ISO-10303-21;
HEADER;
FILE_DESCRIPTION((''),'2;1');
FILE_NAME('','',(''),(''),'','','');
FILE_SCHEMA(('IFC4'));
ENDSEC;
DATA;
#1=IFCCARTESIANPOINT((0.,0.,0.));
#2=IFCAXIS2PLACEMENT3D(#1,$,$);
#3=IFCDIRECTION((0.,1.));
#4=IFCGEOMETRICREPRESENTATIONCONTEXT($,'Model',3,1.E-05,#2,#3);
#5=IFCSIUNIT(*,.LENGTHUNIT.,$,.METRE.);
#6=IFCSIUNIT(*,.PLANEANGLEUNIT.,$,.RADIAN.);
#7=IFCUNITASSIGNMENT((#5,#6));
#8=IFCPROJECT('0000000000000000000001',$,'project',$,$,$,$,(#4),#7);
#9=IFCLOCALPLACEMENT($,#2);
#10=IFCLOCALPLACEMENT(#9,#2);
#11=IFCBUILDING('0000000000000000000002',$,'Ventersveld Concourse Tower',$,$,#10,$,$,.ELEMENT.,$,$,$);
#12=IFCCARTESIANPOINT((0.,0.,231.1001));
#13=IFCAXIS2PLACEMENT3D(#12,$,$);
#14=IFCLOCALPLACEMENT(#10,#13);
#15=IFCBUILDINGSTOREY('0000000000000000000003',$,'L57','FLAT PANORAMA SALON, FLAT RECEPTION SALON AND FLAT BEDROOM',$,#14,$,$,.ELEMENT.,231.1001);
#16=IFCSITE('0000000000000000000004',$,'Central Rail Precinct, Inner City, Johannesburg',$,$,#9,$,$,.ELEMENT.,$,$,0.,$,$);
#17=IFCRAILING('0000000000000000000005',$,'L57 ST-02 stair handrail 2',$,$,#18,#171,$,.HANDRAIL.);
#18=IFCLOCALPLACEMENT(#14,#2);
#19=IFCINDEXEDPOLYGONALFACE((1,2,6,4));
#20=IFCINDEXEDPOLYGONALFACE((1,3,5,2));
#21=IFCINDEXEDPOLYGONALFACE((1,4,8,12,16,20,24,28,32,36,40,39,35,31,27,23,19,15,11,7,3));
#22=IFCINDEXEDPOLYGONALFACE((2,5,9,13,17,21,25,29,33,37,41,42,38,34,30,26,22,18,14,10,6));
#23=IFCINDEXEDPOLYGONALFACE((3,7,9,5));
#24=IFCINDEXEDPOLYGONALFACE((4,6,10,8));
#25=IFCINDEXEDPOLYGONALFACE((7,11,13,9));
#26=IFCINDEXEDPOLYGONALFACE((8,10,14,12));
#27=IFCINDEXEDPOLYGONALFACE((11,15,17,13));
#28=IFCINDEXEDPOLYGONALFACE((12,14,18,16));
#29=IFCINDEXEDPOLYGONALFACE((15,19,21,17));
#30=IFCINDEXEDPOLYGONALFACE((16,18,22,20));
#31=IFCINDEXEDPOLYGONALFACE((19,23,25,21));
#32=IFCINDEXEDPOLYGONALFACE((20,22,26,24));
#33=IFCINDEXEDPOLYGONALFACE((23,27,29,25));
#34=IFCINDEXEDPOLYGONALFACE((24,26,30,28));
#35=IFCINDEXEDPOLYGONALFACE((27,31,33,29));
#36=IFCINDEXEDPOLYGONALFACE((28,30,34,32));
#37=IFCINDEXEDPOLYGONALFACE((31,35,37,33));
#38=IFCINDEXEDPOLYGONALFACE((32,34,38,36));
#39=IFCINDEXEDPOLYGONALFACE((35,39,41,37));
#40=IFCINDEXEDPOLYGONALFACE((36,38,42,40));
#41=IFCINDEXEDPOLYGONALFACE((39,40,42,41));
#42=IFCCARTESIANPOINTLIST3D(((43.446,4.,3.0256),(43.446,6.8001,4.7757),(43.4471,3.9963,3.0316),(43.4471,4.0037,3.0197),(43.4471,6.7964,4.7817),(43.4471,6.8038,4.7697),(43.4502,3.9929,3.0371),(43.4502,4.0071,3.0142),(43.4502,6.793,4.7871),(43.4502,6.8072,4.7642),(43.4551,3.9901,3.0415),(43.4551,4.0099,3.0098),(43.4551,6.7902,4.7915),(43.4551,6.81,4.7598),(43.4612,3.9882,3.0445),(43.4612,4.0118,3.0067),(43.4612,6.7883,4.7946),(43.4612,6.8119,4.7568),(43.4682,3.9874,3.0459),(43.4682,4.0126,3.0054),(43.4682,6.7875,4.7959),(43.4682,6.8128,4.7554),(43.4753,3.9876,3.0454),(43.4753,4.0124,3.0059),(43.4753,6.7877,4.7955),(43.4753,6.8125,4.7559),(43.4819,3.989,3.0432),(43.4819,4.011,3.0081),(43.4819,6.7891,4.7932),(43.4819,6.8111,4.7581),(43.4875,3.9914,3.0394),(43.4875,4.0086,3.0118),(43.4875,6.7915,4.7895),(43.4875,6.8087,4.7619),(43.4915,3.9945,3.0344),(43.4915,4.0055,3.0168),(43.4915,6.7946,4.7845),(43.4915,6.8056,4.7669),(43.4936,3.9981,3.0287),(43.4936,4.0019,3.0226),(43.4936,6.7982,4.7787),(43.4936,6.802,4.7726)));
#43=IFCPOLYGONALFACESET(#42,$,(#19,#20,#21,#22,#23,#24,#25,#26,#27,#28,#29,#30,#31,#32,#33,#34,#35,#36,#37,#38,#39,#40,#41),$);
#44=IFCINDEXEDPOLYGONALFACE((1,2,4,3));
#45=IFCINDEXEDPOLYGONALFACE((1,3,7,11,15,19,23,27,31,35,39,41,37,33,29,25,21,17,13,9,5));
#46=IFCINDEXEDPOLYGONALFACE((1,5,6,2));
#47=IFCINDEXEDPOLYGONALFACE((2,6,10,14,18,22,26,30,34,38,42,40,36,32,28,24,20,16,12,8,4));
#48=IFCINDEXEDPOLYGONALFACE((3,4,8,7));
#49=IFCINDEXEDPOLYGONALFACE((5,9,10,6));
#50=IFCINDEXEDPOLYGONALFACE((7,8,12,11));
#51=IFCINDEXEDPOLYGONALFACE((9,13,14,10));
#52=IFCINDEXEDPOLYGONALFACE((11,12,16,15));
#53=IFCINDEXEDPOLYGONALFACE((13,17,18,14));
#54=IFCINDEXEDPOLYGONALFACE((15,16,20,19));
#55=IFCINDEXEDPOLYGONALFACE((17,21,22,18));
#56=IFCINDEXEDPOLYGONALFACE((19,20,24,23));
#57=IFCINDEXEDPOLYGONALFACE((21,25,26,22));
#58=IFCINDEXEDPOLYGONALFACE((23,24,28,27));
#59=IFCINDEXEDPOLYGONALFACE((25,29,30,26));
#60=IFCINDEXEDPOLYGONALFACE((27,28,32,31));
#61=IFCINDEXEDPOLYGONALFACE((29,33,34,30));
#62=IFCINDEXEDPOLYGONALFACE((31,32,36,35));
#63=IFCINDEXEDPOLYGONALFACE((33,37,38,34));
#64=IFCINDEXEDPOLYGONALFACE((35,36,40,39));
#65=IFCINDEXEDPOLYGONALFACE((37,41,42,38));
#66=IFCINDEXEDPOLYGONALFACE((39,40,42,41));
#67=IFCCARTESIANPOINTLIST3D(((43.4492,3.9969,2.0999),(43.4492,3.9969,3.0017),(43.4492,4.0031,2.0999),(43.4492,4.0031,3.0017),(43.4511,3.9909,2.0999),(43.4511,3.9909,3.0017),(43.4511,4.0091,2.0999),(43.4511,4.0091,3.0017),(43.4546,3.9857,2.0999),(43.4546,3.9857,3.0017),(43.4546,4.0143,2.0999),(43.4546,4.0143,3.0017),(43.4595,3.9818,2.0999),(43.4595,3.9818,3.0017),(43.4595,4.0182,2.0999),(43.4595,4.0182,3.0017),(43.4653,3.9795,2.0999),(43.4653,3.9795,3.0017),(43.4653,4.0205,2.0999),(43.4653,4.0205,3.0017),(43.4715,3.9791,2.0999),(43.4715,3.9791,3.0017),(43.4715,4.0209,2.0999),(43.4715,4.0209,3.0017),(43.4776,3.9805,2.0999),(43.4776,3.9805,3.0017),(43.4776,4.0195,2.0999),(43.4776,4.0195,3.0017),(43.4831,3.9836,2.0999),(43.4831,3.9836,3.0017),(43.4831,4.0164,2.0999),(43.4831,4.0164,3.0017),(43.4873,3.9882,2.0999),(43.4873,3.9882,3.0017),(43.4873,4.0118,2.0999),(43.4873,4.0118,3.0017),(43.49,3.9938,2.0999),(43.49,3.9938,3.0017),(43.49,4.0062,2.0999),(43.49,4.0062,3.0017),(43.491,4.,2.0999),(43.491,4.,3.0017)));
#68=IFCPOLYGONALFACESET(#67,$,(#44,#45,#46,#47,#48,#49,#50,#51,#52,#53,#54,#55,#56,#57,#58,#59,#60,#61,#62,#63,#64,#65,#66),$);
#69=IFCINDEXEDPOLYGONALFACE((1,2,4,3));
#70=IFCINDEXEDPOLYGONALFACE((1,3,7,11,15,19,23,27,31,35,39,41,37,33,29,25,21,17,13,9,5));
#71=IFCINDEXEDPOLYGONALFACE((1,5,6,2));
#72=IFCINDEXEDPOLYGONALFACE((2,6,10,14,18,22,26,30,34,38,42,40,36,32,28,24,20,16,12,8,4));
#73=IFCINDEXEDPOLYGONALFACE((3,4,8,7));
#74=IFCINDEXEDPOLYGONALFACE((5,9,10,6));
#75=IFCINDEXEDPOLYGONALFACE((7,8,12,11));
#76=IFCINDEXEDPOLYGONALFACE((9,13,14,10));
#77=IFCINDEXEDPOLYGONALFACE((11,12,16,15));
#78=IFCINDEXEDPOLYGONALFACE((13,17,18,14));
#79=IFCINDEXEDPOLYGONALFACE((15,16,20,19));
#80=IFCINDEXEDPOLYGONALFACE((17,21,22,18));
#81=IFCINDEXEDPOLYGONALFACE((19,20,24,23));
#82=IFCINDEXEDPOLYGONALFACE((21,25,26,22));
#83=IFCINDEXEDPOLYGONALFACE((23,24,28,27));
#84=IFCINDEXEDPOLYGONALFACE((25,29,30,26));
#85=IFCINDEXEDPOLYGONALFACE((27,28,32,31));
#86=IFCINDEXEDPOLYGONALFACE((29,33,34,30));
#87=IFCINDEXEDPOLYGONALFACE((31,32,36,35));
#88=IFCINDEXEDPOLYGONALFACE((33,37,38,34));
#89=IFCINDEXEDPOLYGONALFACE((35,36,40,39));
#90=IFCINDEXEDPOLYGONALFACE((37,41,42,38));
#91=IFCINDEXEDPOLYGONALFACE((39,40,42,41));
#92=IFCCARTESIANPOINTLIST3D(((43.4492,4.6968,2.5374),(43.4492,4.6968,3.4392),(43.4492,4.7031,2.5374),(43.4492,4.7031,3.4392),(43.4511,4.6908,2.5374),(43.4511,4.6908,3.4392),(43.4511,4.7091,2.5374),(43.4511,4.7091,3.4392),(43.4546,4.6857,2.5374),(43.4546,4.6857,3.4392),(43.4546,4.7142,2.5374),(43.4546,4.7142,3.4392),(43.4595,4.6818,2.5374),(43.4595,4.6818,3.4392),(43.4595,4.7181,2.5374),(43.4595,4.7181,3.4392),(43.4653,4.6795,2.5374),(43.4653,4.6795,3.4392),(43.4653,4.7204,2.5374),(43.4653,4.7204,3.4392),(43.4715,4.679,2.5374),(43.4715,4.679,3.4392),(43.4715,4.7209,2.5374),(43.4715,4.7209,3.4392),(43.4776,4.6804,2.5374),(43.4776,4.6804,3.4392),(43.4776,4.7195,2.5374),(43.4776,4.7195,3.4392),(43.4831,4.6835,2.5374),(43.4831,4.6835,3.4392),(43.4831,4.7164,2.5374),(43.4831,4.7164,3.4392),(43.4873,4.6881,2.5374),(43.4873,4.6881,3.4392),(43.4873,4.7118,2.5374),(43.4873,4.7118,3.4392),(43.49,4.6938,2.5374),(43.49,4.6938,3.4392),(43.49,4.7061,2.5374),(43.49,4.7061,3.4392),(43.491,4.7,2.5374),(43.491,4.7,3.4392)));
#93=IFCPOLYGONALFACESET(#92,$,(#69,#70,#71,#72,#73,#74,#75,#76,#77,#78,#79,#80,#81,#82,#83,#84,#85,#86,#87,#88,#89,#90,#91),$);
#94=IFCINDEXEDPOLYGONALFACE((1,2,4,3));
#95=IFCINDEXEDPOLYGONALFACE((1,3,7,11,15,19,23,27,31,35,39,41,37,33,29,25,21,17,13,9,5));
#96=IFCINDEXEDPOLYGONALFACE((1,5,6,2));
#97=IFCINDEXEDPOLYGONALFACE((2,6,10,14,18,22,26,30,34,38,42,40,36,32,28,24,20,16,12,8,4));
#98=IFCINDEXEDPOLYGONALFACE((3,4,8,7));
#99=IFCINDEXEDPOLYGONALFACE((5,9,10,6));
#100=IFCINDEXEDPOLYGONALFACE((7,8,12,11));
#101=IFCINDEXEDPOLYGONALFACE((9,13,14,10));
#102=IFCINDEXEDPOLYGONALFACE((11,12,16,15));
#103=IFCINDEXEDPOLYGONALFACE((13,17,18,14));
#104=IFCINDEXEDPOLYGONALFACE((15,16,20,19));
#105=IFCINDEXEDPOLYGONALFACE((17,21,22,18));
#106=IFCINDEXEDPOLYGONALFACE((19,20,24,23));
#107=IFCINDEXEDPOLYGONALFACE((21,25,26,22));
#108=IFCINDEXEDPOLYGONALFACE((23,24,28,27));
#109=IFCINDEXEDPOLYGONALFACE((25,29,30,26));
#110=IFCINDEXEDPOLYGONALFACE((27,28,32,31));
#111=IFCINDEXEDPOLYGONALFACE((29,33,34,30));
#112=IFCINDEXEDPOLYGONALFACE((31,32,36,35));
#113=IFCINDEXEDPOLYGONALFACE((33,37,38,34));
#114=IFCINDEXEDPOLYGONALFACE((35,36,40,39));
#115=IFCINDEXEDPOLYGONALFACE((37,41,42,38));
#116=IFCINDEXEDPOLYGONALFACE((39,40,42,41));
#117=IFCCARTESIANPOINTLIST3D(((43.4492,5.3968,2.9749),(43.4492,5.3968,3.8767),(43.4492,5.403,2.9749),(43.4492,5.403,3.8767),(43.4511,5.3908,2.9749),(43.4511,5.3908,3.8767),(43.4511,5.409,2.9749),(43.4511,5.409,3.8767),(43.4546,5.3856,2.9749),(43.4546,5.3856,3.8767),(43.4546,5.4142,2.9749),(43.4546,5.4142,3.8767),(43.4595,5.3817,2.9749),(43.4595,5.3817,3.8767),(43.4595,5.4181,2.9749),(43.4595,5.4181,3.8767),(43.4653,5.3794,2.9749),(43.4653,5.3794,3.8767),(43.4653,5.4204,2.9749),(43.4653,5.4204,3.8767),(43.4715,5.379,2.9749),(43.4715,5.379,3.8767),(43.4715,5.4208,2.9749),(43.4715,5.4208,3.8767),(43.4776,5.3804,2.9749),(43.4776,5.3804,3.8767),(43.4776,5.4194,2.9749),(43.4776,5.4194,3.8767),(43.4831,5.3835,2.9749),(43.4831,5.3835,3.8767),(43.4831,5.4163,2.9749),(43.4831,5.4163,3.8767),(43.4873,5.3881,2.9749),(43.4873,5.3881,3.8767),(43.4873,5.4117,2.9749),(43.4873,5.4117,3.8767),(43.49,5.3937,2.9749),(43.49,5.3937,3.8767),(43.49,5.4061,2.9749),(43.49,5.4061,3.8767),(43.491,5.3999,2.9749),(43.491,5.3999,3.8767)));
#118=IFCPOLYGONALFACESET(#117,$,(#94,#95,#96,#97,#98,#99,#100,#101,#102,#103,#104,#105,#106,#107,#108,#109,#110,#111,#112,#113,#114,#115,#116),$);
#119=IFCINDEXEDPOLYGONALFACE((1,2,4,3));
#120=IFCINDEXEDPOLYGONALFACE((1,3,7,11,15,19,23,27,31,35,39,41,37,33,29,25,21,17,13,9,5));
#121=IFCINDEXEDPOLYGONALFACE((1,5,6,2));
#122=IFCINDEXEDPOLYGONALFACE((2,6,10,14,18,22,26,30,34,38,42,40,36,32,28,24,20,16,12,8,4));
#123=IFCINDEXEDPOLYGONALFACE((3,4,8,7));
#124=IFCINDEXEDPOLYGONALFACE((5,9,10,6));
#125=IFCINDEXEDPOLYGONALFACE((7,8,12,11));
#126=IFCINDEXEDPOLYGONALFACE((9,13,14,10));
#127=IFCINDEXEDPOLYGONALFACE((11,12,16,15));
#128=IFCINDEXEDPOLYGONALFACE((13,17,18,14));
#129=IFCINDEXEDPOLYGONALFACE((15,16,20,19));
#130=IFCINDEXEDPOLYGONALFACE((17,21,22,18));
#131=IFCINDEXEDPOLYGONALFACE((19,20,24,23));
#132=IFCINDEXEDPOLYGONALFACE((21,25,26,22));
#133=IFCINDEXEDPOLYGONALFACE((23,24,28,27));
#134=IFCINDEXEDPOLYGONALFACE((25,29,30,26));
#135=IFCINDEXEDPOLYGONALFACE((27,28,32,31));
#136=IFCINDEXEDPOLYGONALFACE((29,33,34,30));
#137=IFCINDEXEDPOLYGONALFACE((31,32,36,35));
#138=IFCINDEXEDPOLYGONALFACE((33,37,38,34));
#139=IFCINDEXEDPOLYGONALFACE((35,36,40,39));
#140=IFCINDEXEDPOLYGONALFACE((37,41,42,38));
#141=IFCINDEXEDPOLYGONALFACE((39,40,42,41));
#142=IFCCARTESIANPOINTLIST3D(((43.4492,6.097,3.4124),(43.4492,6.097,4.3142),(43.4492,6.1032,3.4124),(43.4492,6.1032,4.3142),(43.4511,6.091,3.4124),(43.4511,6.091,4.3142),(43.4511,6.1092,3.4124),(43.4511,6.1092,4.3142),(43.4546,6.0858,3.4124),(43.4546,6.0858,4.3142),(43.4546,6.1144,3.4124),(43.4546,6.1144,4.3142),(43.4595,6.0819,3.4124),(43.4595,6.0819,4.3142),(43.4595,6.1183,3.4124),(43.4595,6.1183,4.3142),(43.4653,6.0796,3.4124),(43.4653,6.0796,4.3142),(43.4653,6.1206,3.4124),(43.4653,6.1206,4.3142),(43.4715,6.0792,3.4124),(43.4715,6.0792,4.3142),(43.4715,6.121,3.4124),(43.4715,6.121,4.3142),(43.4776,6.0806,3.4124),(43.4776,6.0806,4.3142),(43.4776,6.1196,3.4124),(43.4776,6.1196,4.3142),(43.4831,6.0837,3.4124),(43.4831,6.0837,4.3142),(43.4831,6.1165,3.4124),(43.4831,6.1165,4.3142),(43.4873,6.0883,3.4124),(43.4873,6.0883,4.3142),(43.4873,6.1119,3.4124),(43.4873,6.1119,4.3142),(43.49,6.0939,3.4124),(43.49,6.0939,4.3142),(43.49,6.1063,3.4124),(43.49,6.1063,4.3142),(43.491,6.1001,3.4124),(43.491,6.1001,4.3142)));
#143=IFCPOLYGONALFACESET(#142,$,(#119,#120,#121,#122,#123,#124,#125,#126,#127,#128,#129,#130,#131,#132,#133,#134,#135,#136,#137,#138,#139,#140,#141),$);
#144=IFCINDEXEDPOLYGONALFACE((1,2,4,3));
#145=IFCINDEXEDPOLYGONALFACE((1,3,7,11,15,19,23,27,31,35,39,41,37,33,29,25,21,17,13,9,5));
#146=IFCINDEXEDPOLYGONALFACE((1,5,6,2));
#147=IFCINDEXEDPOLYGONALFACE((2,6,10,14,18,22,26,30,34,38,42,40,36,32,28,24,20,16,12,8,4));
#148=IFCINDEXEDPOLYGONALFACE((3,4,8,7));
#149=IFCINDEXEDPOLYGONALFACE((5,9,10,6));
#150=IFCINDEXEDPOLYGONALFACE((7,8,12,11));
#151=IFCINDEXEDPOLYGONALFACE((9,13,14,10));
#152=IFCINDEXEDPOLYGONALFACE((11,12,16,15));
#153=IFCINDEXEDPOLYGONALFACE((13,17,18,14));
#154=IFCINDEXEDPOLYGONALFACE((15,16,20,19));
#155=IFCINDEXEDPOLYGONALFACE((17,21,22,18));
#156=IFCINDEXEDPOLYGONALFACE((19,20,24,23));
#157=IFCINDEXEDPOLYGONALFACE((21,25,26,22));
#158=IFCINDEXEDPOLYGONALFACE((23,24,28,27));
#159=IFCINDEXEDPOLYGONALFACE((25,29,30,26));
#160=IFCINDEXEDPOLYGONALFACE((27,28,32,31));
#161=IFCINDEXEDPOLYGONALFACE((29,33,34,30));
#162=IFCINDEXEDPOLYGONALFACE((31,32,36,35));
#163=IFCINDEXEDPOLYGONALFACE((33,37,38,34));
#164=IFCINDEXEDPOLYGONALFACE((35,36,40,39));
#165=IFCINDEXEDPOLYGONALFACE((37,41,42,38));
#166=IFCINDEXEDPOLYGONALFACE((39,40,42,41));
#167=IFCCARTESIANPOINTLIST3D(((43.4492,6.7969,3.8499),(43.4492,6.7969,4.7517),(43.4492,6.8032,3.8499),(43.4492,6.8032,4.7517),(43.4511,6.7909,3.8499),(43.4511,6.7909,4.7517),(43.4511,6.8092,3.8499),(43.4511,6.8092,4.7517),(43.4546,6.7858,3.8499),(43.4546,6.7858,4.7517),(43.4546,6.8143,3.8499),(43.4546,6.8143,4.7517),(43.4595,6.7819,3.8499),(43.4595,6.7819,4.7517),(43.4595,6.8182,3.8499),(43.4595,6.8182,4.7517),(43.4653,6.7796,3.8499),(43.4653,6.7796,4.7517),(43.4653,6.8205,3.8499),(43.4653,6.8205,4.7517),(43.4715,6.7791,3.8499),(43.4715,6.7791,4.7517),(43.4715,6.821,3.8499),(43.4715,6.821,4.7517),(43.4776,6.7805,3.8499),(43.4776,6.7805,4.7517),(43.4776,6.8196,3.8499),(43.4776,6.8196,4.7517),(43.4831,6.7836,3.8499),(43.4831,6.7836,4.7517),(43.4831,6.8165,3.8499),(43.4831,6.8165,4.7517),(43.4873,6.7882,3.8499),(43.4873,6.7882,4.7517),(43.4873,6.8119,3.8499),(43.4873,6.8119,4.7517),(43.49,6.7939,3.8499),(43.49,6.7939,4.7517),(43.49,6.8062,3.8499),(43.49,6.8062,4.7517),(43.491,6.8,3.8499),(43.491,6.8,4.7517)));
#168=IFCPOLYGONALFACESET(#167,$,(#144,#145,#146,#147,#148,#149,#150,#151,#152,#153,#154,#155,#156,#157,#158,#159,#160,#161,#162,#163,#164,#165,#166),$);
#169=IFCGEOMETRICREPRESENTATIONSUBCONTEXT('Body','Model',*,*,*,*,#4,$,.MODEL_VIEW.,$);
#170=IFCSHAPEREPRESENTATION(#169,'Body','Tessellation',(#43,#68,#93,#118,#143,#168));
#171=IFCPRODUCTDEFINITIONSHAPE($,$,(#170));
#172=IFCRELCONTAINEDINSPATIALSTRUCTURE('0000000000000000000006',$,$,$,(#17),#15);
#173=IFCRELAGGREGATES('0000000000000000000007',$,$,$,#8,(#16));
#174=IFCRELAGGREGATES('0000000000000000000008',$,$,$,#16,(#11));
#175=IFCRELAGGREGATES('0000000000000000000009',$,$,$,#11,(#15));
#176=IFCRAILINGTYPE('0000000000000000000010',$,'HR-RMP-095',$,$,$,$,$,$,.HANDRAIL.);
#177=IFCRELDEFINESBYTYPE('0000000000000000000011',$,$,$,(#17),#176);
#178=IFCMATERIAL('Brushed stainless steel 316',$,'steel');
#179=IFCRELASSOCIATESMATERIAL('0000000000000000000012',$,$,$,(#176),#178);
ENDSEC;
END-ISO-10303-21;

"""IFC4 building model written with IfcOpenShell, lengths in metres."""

from ifc_helpers import new_model, si_unit, direction, frame, origin, origin_2d, place, context, subcontext, project, spatial, circle, extrude, material, type_object, element, save


model = new_model("IFC4")

# Units and contexts
model_context = context("Model", 3, precision=1e-05, world=origin(), true_north=direction((0.0, 1.0)))
body_context = subcontext(model_context, "Body", "Model", "MODEL_VIEW")
ifc_project = project(units=[si_unit("LENGTHUNIT", "METRE"), si_unit("PLANEANGLEUNIT", "RADIAN")], contexts=[model_context])

# Site, building, storey
site_placement = place(None, origin())
site = spatial("IfcSite", under=ifc_project, at=site_placement, Name="Central Rail Precinct, Inner City, Johannesburg", CompositionType="ELEMENT", RefElevation=0.0)
building_placement = place(site_placement, origin())
building = spatial("IfcBuilding", under=site, at=building_placement, Name="Ventersveld Concourse Tower", CompositionType="ELEMENT")
storey_placement = place(building_placement, frame((0.0, 0.0, 231.1001)))
storey = spatial("IfcBuildingStorey", under=building, at=storey_placement, Name="L57", Description="FLAT PANORAMA SALON, FLAT RECEPTION SALON AND FLAT BEDROOM", CompositionType="ELEMENT", Elevation=231.1001)

# Railing
ifc_material_1 = material(Name="Brushed stainless steel 316", Category="steel")
railing_type_1 = type_object("IfcRailingType", Name="HR-RMP-095", PredefinedType="HANDRAIL", material=ifc_material_1)
railing_1_placement = place(storey_placement, frame((43.47, 4.0, 2.0999)))
element("IfcRailing", 1, at=railing_1_placement, inside=storey, type_object=railing_type_1, Name="L57 ST-02 stair handrail 2", PredefinedType="HANDRAIL", context=body_context, shape_type="SweptSolid", body=[
    extrude(circle(Radius=0.0239, at=origin_2d()), frame((0.0, 0.0, 0.9258), z_axis=(0.0, 0.848002, 0.529992), x_axis=(-1.0, 0.0, 0.0)), (0.0, 0.0, 1.0), 3.302),
    extrude(circle(Radius=0.021, at=origin_2d()), origin(), (0.0, 0.0, 1.0), 0.9019),
    extrude(circle(Radius=0.021, at=origin_2d()), frame((0.0, 0.7, 0.4375)), (0.0, 0.0, 1.0), 0.9019),
    extrude(circle(Radius=0.021, at=origin_2d()), frame((0.0, 1.3999, 0.875)), (0.0, 0.0, 1.0), 0.9019),
    extrude(circle(Radius=0.021, at=origin_2d()), frame((0.0, 2.1001, 1.3125)), (0.0, 0.0, 1.0), 0.9019),
    extrude(circle(Radius=0.021, at=origin_2d()), frame((0.0, 2.8, 1.75)), (0.0, 0.0, 1.0), 0.9019),
])

save(model, "model.ifc")
